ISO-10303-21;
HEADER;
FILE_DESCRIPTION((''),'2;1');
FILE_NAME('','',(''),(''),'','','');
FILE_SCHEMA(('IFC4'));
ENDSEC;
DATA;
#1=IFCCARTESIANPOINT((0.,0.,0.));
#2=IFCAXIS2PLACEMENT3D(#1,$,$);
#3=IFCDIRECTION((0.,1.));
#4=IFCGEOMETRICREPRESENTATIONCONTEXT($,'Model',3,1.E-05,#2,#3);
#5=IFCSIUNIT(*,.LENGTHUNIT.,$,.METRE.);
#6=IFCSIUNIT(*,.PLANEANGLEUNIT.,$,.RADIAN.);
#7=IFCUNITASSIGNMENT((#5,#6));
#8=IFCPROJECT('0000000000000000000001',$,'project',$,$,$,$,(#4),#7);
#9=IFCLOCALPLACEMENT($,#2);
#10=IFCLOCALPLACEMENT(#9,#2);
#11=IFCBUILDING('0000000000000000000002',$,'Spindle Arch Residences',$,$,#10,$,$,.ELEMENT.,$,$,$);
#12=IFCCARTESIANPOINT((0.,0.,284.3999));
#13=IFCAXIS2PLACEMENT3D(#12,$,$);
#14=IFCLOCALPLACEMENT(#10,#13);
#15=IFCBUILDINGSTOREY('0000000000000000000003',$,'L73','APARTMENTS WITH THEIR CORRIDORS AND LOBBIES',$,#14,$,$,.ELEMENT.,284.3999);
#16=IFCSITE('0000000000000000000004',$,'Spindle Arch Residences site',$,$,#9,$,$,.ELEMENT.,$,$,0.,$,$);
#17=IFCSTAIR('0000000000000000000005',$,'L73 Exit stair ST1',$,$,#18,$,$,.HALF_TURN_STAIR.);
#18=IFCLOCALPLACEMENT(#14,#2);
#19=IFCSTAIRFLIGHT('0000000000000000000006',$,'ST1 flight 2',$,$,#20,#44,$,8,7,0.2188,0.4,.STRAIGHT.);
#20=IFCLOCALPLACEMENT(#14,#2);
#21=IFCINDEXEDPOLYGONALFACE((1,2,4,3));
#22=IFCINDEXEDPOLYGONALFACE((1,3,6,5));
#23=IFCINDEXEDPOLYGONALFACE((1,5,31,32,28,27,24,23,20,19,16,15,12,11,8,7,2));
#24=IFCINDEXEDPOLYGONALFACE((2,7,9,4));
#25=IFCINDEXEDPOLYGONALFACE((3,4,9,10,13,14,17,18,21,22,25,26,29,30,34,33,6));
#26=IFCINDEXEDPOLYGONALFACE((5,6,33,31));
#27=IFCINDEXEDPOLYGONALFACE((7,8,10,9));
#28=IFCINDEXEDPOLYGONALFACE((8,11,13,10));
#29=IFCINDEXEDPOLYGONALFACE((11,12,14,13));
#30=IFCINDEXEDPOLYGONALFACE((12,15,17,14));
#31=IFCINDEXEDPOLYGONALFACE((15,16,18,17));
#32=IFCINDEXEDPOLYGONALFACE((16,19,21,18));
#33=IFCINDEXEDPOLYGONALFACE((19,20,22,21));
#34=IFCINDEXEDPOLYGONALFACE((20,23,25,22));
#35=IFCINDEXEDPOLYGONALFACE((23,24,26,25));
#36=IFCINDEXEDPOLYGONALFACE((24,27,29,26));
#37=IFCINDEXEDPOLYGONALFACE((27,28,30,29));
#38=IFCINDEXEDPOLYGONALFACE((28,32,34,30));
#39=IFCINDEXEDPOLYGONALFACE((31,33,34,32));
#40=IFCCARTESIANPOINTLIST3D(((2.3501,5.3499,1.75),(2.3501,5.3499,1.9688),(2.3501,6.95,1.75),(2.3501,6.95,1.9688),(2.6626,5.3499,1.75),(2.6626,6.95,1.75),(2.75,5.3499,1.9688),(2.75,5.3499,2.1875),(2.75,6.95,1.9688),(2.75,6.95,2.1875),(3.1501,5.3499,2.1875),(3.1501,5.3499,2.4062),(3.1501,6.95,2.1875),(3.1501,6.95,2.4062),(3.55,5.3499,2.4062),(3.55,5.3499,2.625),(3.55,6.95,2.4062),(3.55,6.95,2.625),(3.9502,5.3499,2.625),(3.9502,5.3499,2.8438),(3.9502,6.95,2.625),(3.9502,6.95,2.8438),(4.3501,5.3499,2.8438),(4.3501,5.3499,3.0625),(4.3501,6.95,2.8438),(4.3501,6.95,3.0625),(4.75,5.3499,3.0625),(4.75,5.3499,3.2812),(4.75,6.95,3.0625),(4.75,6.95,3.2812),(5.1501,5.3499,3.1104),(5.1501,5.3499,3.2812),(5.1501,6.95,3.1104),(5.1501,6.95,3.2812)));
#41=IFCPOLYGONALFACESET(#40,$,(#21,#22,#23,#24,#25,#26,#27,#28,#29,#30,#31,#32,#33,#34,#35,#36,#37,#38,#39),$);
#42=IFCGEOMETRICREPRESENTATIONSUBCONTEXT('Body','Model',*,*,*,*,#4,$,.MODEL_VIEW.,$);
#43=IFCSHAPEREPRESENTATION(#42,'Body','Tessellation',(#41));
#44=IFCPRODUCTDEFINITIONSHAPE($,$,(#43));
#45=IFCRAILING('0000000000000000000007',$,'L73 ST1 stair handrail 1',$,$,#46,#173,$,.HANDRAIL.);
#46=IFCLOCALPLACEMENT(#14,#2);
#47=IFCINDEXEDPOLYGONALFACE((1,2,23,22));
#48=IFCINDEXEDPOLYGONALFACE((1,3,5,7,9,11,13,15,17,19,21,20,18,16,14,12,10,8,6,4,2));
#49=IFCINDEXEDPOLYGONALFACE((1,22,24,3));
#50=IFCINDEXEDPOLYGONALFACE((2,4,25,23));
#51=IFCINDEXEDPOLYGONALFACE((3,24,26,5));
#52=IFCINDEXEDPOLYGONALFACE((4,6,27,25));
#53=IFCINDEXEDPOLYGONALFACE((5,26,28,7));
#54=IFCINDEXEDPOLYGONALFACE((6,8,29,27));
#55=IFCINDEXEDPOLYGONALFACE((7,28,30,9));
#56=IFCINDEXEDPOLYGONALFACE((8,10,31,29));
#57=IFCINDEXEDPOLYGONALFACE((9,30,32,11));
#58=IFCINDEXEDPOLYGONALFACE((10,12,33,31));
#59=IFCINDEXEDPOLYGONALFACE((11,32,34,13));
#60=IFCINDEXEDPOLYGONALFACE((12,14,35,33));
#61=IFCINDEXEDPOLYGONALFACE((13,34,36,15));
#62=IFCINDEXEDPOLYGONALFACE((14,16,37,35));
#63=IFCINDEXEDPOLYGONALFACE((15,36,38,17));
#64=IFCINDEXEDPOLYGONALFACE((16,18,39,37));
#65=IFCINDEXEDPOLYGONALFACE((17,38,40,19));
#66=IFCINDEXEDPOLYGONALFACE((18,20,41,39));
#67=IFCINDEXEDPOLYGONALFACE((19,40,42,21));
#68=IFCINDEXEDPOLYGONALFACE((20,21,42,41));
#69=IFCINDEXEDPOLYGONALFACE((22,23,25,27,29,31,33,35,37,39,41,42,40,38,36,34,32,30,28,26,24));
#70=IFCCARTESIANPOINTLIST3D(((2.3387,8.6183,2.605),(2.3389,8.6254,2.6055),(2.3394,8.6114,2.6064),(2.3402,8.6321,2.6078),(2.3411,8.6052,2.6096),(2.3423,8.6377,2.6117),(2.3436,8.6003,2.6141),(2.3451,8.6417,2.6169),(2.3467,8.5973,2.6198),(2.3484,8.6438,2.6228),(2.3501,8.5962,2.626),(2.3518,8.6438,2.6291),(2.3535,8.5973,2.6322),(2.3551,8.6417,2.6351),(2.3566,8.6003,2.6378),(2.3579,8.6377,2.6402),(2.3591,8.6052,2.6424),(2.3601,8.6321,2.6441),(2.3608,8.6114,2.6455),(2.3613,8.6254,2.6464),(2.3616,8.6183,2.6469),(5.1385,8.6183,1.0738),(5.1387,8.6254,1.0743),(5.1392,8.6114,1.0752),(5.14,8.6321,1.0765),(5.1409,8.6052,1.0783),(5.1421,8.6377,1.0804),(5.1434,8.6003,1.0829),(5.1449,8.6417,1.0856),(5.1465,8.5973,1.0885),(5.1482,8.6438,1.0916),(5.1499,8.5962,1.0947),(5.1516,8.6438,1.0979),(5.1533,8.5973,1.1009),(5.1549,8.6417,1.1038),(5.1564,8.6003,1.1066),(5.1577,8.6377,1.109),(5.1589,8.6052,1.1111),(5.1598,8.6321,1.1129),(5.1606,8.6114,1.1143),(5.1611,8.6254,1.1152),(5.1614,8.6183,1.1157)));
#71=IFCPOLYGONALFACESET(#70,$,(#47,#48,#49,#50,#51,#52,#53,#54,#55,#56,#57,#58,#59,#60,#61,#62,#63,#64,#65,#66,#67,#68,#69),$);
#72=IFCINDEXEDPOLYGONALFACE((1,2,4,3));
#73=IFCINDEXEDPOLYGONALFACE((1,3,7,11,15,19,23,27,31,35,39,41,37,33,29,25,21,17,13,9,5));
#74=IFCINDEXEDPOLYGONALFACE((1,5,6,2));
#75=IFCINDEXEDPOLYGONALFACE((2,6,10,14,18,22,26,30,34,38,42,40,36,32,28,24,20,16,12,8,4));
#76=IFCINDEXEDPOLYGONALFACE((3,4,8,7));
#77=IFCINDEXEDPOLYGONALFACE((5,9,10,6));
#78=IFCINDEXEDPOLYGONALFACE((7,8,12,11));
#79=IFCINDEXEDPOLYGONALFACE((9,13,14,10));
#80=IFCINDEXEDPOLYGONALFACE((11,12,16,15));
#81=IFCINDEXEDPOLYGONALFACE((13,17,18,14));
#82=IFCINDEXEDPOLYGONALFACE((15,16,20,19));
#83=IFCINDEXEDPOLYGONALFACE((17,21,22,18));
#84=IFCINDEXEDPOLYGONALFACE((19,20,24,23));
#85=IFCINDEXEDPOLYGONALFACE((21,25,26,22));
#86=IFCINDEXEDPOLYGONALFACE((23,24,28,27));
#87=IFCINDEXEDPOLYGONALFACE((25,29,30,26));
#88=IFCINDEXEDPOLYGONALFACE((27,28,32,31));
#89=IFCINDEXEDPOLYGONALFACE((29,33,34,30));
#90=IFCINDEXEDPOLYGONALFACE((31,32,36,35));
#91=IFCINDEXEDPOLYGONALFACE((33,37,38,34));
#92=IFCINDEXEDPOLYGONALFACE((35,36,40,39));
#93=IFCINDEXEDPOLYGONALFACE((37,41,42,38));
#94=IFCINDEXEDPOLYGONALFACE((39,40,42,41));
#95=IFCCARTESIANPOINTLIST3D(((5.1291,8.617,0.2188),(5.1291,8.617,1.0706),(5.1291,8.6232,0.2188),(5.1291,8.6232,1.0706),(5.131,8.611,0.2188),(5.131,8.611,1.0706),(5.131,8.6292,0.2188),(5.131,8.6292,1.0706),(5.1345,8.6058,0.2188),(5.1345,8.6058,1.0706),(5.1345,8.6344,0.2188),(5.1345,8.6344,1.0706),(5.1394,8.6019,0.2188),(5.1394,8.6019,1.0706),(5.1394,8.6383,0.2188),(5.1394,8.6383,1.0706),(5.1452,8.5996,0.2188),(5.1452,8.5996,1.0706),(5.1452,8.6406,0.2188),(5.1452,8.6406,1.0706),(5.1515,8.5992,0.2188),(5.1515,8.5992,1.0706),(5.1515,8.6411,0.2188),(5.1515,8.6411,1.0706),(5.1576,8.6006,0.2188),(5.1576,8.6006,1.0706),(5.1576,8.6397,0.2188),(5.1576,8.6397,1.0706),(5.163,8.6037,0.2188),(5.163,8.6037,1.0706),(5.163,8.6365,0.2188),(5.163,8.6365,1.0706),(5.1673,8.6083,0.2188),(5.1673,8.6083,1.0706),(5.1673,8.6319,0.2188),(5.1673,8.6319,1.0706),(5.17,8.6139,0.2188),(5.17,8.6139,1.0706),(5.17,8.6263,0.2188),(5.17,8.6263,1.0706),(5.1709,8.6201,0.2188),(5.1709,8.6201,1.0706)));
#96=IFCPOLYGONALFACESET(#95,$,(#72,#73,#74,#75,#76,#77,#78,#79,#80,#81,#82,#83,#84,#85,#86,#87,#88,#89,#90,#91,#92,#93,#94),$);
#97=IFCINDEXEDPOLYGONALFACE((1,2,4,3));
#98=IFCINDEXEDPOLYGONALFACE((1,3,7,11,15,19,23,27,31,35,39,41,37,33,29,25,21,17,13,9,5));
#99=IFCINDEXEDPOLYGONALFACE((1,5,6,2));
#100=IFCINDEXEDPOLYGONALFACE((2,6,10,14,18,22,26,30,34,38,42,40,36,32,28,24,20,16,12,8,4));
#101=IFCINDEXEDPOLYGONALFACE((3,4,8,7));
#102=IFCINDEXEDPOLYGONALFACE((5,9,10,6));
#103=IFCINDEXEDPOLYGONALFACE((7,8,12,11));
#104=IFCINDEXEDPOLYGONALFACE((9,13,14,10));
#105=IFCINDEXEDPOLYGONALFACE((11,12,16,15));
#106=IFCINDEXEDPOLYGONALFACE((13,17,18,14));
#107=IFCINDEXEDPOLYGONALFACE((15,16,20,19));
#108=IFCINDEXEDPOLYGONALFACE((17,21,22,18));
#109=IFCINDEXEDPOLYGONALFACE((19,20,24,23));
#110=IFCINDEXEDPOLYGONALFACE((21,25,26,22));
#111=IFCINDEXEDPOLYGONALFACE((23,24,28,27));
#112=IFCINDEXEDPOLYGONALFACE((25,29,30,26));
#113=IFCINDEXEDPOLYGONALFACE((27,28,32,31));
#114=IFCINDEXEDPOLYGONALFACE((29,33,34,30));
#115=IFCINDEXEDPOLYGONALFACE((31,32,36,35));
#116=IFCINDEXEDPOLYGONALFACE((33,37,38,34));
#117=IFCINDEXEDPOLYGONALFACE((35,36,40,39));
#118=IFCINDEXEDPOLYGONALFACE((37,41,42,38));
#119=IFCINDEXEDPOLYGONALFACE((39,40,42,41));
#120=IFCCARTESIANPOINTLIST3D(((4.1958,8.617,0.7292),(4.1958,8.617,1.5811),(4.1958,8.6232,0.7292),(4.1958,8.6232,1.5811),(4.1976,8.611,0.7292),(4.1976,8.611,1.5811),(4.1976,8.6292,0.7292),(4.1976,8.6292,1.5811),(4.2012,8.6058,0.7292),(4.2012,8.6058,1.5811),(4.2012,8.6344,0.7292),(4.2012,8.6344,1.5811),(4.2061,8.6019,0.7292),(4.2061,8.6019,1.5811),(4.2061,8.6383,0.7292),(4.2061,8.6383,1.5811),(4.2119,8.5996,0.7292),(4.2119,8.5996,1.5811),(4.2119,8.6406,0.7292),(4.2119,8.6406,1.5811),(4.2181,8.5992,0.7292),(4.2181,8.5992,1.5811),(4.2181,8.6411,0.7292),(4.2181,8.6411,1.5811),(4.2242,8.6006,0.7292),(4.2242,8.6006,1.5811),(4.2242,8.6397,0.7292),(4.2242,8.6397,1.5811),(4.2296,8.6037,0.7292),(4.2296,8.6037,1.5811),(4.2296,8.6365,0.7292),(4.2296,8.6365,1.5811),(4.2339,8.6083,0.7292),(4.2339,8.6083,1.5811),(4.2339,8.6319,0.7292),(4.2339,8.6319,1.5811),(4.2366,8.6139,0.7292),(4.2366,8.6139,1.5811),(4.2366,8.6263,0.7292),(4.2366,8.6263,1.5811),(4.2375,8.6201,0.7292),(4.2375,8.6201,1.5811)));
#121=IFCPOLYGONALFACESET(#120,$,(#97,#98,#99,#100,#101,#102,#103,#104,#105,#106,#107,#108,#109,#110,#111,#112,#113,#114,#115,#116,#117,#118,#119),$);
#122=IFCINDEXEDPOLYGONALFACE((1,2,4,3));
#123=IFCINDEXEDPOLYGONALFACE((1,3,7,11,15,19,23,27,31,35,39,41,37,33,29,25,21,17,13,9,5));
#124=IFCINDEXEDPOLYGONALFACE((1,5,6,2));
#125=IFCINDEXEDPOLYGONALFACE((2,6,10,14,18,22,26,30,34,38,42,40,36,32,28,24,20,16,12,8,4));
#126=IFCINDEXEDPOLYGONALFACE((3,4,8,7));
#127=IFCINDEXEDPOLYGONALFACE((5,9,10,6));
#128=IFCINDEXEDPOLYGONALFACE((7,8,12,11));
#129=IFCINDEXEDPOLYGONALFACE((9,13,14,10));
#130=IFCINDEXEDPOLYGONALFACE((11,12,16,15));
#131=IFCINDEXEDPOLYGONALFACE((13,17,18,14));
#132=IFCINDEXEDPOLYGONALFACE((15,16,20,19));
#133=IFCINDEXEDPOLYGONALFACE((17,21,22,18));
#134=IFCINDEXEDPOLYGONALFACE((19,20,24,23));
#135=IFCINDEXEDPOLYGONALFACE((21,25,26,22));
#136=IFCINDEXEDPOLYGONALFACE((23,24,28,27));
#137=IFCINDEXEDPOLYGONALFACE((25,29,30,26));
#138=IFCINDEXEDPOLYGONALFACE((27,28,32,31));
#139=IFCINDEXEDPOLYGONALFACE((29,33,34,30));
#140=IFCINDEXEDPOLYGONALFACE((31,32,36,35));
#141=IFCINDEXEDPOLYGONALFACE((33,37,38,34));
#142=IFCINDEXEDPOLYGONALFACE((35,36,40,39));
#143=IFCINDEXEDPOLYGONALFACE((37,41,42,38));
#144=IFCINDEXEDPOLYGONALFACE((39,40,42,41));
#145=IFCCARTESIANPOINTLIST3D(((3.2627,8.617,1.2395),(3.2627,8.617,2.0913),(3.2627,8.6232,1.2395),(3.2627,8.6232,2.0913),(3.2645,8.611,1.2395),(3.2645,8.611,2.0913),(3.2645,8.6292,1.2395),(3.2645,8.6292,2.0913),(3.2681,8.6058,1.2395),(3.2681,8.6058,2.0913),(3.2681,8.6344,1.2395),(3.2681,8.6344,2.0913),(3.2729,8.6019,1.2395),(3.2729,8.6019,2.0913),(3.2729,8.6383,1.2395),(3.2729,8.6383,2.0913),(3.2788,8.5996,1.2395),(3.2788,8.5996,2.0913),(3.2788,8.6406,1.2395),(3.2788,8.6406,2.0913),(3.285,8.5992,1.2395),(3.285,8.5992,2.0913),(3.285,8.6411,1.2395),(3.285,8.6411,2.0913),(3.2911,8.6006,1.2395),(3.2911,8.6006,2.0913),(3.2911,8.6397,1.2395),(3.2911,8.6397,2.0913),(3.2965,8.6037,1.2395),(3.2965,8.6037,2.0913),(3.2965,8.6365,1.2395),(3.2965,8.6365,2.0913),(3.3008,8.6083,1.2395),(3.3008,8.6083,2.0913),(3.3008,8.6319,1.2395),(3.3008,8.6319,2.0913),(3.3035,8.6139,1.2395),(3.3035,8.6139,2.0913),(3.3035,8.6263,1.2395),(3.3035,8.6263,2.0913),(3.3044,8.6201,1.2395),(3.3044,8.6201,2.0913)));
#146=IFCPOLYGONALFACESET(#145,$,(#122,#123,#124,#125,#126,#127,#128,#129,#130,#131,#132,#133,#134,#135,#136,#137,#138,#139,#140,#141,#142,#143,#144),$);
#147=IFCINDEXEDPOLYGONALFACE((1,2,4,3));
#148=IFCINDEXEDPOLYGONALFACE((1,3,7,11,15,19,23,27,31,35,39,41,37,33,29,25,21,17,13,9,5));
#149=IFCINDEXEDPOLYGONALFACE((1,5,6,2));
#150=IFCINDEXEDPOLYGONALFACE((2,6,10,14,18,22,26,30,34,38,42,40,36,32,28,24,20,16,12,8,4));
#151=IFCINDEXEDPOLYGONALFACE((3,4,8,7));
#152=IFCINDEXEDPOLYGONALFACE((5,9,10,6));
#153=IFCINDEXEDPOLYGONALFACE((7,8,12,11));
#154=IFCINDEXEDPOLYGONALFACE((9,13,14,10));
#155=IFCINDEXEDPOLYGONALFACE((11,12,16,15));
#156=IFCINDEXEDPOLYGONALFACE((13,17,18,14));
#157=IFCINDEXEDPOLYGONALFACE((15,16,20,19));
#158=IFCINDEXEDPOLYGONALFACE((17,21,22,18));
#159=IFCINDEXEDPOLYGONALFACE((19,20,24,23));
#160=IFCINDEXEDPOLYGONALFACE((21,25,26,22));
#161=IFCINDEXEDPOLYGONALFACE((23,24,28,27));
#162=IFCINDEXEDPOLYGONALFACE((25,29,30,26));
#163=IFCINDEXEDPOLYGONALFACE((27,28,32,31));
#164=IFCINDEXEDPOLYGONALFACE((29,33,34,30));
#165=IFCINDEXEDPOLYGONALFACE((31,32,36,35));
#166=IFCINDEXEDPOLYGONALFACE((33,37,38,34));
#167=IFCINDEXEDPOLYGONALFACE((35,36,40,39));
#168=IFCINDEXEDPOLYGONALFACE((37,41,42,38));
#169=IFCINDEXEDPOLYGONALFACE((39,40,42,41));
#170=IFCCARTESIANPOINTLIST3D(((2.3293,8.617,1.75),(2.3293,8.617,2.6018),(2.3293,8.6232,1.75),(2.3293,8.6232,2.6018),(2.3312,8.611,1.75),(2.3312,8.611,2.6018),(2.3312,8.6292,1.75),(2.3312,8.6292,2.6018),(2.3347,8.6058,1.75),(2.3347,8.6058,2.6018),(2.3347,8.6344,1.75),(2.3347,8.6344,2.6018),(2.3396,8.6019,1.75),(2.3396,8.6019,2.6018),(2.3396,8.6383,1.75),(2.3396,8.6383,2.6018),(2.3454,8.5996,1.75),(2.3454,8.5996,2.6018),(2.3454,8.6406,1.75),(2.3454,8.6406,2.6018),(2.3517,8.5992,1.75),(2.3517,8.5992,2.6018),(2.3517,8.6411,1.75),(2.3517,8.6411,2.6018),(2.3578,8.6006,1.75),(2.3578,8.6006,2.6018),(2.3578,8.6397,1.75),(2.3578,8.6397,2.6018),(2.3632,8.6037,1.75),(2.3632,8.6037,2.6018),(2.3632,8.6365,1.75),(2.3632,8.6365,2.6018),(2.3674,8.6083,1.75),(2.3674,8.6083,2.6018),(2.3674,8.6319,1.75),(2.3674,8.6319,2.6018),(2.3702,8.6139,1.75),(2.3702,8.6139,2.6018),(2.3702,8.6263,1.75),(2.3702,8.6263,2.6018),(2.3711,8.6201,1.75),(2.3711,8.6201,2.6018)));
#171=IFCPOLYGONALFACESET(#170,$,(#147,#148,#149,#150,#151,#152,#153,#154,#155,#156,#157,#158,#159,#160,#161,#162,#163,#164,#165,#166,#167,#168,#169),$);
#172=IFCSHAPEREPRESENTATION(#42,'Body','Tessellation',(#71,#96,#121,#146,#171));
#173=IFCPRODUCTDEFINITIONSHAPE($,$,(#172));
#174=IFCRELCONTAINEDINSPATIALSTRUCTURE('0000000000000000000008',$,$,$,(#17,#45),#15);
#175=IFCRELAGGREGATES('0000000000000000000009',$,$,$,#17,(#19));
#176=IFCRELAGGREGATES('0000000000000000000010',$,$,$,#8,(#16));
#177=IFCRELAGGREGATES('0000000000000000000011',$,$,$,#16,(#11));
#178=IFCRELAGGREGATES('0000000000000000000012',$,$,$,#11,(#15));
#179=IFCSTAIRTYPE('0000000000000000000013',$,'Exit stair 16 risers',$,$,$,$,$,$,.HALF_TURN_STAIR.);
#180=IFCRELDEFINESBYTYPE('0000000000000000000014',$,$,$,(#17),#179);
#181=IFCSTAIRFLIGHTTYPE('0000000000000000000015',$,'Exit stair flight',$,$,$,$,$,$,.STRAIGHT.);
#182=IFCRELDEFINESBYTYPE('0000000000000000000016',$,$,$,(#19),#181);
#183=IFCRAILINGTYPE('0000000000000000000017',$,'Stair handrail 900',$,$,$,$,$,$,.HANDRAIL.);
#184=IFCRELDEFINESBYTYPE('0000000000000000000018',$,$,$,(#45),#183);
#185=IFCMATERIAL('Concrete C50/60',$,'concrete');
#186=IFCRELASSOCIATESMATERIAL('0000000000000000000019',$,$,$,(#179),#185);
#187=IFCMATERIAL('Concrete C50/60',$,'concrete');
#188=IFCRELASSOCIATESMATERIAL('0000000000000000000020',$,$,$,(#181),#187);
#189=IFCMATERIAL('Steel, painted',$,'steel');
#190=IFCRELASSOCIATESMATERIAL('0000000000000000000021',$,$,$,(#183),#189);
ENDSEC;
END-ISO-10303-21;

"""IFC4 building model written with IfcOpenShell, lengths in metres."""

from ifc_helpers import new_model, si_unit, direction, frame, origin, origin_2d, place, context, subcontext, project, spatial, polyline, circle, outline, extrude, material, type_object, element, aggregate, save


model = new_model("IFC4")

# Units and contexts
model_context = context("Model", 3, precision=1e-05, world=origin(), true_north=direction((0.0, 1.0)))
body_context = subcontext(model_context, "Body", "Model", "MODEL_VIEW")
ifc_project = project(units=[si_unit("LENGTHUNIT", "METRE"), si_unit("PLANEANGLEUNIT", "RADIAN")], contexts=[model_context])

# Site, building, storey
site_placement = place(None, origin())
site = spatial("IfcSite", under=ifc_project, at=site_placement, Name="Spindle Arch Residences site", CompositionType="ELEMENT", RefElevation=0.0)
building_placement = place(site_placement, origin())
building = spatial("IfcBuilding", under=site, at=building_placement, Name="Spindle Arch Residences", CompositionType="ELEMENT")
storey_placement = place(building_placement, frame((0.0, 0.0, 284.3999)))
storey = spatial("IfcBuildingStorey", under=building, at=storey_placement, Name="L73", Description="APARTMENTS WITH THEIR CORRIDORS AND LOBBIES", CompositionType="ELEMENT", Elevation=284.3999)

# Stair, stair flight
ifc_material_1 = material(Name="Concrete C50/60", Category="concrete")
stair_type = type_object("IfcStairType", Name="Exit stair 16 risers", PredefinedType="HALF_TURN_STAIR", material=ifc_material_1)
stair_placement = place(storey_placement, origin())
stair = element("IfcStair", 1, at=stair_placement, inside=storey, type_object=stair_type, Name="L73 Exit stair ST1", PredefinedType="HALF_TURN_STAIR")
ifc_material_2 = material(Name="Concrete C50/60", Category="concrete")
stair_flight_type = type_object("IfcStairFlightType", Name="Exit stair flight", PredefinedType="STRAIGHT", material=ifc_material_2)
stair_flight_1_placement = place(storey_placement, frame((2.3501, 6.1499, 1.75), z_axis=(0.0, 0.0, 1.0), x_axis=(1.0, 0.0, 0.0)))
stair_flight_1 = element("IfcStairFlight", 2, at=stair_flight_1_placement, type_object=stair_flight_type, Name="ST1 flight 2", NumberOfRisers=8, NumberOfTreads=7, PredefinedType="STRAIGHT", RiserHeight=0.2188, TreadLength=0.4, context=body_context, shape_type="SweptSolid", body=[
    extrude(outline(polyline([(0.0, 0.0), (0.0, 0.2188), (0.3999, 0.2188), (0.3999, 0.4375), (0.8, 0.4375), (0.8, 0.6562), (1.2, 0.6562), (1.2, 0.875), (1.6001, 0.875), (1.6001, 1.0938), (2.0, 1.0938), (2.0, 1.3125), (2.3999, 1.3125), (2.3999, 1.5312), (2.8, 1.5312), (2.8, 1.75), (2.8, 1.3604), (0.3125, 0.0), (0.0, 0.0)])), frame((0.0, 0.8, 0.0), z_axis=(0.0, -1.0, 0.0), x_axis=(1.0, 0.0, 0.0)), (0.0, 0.0, 1.0), 1.6001),
])
aggregate(stair, [stair_flight_1])

# Railing
ifc_material_3 = material(Name="Steel, painted", Category="steel")
railing_type_1 = type_object("IfcRailingType", Name="Stair handrail 900", PredefinedType="HANDRAIL", material=ifc_material_3)
railing_1_placement = place(storey_placement, frame((5.1499, 8.6201, 0.2188)))
element("IfcRailing", 3, at=railing_1_placement, inside=storey, type_object=railing_type_1, Name="L73 ST1 stair handrail 1", PredefinedType="HANDRAIL", context=body_context, shape_type="SweptSolid", body=[
    extrude(circle(Radius=0.0239, at=origin_2d()), frame((0.0, 0.0, 0.876), z_axis=(-0.877357, 0.0, 0.479838), x_axis=(0.0, -1.0, 0.0)), (0.0, 0.0, 1.0), 3.1912),
    extrude(circle(Radius=0.021, at=origin_2d()), origin(), (0.0, 0.0, 1.0), 0.8518),
    extrude(circle(Radius=0.021, at=origin_2d()), frame((-0.9333, 0.0, 0.5105)), (0.0, 0.0, 1.0), 0.8518),
    extrude(circle(Radius=0.021, at=origin_2d()), frame((-1.8665, 0.0, 1.0208)), (0.0, 0.0, 1.0), 0.8518),
    extrude(circle(Radius=0.021, at=origin_2d()), frame((-2.7998, 0.0, 1.5312)), (0.0, 0.0, 1.0), 0.8518),
])

save(model, "model.ifc")
